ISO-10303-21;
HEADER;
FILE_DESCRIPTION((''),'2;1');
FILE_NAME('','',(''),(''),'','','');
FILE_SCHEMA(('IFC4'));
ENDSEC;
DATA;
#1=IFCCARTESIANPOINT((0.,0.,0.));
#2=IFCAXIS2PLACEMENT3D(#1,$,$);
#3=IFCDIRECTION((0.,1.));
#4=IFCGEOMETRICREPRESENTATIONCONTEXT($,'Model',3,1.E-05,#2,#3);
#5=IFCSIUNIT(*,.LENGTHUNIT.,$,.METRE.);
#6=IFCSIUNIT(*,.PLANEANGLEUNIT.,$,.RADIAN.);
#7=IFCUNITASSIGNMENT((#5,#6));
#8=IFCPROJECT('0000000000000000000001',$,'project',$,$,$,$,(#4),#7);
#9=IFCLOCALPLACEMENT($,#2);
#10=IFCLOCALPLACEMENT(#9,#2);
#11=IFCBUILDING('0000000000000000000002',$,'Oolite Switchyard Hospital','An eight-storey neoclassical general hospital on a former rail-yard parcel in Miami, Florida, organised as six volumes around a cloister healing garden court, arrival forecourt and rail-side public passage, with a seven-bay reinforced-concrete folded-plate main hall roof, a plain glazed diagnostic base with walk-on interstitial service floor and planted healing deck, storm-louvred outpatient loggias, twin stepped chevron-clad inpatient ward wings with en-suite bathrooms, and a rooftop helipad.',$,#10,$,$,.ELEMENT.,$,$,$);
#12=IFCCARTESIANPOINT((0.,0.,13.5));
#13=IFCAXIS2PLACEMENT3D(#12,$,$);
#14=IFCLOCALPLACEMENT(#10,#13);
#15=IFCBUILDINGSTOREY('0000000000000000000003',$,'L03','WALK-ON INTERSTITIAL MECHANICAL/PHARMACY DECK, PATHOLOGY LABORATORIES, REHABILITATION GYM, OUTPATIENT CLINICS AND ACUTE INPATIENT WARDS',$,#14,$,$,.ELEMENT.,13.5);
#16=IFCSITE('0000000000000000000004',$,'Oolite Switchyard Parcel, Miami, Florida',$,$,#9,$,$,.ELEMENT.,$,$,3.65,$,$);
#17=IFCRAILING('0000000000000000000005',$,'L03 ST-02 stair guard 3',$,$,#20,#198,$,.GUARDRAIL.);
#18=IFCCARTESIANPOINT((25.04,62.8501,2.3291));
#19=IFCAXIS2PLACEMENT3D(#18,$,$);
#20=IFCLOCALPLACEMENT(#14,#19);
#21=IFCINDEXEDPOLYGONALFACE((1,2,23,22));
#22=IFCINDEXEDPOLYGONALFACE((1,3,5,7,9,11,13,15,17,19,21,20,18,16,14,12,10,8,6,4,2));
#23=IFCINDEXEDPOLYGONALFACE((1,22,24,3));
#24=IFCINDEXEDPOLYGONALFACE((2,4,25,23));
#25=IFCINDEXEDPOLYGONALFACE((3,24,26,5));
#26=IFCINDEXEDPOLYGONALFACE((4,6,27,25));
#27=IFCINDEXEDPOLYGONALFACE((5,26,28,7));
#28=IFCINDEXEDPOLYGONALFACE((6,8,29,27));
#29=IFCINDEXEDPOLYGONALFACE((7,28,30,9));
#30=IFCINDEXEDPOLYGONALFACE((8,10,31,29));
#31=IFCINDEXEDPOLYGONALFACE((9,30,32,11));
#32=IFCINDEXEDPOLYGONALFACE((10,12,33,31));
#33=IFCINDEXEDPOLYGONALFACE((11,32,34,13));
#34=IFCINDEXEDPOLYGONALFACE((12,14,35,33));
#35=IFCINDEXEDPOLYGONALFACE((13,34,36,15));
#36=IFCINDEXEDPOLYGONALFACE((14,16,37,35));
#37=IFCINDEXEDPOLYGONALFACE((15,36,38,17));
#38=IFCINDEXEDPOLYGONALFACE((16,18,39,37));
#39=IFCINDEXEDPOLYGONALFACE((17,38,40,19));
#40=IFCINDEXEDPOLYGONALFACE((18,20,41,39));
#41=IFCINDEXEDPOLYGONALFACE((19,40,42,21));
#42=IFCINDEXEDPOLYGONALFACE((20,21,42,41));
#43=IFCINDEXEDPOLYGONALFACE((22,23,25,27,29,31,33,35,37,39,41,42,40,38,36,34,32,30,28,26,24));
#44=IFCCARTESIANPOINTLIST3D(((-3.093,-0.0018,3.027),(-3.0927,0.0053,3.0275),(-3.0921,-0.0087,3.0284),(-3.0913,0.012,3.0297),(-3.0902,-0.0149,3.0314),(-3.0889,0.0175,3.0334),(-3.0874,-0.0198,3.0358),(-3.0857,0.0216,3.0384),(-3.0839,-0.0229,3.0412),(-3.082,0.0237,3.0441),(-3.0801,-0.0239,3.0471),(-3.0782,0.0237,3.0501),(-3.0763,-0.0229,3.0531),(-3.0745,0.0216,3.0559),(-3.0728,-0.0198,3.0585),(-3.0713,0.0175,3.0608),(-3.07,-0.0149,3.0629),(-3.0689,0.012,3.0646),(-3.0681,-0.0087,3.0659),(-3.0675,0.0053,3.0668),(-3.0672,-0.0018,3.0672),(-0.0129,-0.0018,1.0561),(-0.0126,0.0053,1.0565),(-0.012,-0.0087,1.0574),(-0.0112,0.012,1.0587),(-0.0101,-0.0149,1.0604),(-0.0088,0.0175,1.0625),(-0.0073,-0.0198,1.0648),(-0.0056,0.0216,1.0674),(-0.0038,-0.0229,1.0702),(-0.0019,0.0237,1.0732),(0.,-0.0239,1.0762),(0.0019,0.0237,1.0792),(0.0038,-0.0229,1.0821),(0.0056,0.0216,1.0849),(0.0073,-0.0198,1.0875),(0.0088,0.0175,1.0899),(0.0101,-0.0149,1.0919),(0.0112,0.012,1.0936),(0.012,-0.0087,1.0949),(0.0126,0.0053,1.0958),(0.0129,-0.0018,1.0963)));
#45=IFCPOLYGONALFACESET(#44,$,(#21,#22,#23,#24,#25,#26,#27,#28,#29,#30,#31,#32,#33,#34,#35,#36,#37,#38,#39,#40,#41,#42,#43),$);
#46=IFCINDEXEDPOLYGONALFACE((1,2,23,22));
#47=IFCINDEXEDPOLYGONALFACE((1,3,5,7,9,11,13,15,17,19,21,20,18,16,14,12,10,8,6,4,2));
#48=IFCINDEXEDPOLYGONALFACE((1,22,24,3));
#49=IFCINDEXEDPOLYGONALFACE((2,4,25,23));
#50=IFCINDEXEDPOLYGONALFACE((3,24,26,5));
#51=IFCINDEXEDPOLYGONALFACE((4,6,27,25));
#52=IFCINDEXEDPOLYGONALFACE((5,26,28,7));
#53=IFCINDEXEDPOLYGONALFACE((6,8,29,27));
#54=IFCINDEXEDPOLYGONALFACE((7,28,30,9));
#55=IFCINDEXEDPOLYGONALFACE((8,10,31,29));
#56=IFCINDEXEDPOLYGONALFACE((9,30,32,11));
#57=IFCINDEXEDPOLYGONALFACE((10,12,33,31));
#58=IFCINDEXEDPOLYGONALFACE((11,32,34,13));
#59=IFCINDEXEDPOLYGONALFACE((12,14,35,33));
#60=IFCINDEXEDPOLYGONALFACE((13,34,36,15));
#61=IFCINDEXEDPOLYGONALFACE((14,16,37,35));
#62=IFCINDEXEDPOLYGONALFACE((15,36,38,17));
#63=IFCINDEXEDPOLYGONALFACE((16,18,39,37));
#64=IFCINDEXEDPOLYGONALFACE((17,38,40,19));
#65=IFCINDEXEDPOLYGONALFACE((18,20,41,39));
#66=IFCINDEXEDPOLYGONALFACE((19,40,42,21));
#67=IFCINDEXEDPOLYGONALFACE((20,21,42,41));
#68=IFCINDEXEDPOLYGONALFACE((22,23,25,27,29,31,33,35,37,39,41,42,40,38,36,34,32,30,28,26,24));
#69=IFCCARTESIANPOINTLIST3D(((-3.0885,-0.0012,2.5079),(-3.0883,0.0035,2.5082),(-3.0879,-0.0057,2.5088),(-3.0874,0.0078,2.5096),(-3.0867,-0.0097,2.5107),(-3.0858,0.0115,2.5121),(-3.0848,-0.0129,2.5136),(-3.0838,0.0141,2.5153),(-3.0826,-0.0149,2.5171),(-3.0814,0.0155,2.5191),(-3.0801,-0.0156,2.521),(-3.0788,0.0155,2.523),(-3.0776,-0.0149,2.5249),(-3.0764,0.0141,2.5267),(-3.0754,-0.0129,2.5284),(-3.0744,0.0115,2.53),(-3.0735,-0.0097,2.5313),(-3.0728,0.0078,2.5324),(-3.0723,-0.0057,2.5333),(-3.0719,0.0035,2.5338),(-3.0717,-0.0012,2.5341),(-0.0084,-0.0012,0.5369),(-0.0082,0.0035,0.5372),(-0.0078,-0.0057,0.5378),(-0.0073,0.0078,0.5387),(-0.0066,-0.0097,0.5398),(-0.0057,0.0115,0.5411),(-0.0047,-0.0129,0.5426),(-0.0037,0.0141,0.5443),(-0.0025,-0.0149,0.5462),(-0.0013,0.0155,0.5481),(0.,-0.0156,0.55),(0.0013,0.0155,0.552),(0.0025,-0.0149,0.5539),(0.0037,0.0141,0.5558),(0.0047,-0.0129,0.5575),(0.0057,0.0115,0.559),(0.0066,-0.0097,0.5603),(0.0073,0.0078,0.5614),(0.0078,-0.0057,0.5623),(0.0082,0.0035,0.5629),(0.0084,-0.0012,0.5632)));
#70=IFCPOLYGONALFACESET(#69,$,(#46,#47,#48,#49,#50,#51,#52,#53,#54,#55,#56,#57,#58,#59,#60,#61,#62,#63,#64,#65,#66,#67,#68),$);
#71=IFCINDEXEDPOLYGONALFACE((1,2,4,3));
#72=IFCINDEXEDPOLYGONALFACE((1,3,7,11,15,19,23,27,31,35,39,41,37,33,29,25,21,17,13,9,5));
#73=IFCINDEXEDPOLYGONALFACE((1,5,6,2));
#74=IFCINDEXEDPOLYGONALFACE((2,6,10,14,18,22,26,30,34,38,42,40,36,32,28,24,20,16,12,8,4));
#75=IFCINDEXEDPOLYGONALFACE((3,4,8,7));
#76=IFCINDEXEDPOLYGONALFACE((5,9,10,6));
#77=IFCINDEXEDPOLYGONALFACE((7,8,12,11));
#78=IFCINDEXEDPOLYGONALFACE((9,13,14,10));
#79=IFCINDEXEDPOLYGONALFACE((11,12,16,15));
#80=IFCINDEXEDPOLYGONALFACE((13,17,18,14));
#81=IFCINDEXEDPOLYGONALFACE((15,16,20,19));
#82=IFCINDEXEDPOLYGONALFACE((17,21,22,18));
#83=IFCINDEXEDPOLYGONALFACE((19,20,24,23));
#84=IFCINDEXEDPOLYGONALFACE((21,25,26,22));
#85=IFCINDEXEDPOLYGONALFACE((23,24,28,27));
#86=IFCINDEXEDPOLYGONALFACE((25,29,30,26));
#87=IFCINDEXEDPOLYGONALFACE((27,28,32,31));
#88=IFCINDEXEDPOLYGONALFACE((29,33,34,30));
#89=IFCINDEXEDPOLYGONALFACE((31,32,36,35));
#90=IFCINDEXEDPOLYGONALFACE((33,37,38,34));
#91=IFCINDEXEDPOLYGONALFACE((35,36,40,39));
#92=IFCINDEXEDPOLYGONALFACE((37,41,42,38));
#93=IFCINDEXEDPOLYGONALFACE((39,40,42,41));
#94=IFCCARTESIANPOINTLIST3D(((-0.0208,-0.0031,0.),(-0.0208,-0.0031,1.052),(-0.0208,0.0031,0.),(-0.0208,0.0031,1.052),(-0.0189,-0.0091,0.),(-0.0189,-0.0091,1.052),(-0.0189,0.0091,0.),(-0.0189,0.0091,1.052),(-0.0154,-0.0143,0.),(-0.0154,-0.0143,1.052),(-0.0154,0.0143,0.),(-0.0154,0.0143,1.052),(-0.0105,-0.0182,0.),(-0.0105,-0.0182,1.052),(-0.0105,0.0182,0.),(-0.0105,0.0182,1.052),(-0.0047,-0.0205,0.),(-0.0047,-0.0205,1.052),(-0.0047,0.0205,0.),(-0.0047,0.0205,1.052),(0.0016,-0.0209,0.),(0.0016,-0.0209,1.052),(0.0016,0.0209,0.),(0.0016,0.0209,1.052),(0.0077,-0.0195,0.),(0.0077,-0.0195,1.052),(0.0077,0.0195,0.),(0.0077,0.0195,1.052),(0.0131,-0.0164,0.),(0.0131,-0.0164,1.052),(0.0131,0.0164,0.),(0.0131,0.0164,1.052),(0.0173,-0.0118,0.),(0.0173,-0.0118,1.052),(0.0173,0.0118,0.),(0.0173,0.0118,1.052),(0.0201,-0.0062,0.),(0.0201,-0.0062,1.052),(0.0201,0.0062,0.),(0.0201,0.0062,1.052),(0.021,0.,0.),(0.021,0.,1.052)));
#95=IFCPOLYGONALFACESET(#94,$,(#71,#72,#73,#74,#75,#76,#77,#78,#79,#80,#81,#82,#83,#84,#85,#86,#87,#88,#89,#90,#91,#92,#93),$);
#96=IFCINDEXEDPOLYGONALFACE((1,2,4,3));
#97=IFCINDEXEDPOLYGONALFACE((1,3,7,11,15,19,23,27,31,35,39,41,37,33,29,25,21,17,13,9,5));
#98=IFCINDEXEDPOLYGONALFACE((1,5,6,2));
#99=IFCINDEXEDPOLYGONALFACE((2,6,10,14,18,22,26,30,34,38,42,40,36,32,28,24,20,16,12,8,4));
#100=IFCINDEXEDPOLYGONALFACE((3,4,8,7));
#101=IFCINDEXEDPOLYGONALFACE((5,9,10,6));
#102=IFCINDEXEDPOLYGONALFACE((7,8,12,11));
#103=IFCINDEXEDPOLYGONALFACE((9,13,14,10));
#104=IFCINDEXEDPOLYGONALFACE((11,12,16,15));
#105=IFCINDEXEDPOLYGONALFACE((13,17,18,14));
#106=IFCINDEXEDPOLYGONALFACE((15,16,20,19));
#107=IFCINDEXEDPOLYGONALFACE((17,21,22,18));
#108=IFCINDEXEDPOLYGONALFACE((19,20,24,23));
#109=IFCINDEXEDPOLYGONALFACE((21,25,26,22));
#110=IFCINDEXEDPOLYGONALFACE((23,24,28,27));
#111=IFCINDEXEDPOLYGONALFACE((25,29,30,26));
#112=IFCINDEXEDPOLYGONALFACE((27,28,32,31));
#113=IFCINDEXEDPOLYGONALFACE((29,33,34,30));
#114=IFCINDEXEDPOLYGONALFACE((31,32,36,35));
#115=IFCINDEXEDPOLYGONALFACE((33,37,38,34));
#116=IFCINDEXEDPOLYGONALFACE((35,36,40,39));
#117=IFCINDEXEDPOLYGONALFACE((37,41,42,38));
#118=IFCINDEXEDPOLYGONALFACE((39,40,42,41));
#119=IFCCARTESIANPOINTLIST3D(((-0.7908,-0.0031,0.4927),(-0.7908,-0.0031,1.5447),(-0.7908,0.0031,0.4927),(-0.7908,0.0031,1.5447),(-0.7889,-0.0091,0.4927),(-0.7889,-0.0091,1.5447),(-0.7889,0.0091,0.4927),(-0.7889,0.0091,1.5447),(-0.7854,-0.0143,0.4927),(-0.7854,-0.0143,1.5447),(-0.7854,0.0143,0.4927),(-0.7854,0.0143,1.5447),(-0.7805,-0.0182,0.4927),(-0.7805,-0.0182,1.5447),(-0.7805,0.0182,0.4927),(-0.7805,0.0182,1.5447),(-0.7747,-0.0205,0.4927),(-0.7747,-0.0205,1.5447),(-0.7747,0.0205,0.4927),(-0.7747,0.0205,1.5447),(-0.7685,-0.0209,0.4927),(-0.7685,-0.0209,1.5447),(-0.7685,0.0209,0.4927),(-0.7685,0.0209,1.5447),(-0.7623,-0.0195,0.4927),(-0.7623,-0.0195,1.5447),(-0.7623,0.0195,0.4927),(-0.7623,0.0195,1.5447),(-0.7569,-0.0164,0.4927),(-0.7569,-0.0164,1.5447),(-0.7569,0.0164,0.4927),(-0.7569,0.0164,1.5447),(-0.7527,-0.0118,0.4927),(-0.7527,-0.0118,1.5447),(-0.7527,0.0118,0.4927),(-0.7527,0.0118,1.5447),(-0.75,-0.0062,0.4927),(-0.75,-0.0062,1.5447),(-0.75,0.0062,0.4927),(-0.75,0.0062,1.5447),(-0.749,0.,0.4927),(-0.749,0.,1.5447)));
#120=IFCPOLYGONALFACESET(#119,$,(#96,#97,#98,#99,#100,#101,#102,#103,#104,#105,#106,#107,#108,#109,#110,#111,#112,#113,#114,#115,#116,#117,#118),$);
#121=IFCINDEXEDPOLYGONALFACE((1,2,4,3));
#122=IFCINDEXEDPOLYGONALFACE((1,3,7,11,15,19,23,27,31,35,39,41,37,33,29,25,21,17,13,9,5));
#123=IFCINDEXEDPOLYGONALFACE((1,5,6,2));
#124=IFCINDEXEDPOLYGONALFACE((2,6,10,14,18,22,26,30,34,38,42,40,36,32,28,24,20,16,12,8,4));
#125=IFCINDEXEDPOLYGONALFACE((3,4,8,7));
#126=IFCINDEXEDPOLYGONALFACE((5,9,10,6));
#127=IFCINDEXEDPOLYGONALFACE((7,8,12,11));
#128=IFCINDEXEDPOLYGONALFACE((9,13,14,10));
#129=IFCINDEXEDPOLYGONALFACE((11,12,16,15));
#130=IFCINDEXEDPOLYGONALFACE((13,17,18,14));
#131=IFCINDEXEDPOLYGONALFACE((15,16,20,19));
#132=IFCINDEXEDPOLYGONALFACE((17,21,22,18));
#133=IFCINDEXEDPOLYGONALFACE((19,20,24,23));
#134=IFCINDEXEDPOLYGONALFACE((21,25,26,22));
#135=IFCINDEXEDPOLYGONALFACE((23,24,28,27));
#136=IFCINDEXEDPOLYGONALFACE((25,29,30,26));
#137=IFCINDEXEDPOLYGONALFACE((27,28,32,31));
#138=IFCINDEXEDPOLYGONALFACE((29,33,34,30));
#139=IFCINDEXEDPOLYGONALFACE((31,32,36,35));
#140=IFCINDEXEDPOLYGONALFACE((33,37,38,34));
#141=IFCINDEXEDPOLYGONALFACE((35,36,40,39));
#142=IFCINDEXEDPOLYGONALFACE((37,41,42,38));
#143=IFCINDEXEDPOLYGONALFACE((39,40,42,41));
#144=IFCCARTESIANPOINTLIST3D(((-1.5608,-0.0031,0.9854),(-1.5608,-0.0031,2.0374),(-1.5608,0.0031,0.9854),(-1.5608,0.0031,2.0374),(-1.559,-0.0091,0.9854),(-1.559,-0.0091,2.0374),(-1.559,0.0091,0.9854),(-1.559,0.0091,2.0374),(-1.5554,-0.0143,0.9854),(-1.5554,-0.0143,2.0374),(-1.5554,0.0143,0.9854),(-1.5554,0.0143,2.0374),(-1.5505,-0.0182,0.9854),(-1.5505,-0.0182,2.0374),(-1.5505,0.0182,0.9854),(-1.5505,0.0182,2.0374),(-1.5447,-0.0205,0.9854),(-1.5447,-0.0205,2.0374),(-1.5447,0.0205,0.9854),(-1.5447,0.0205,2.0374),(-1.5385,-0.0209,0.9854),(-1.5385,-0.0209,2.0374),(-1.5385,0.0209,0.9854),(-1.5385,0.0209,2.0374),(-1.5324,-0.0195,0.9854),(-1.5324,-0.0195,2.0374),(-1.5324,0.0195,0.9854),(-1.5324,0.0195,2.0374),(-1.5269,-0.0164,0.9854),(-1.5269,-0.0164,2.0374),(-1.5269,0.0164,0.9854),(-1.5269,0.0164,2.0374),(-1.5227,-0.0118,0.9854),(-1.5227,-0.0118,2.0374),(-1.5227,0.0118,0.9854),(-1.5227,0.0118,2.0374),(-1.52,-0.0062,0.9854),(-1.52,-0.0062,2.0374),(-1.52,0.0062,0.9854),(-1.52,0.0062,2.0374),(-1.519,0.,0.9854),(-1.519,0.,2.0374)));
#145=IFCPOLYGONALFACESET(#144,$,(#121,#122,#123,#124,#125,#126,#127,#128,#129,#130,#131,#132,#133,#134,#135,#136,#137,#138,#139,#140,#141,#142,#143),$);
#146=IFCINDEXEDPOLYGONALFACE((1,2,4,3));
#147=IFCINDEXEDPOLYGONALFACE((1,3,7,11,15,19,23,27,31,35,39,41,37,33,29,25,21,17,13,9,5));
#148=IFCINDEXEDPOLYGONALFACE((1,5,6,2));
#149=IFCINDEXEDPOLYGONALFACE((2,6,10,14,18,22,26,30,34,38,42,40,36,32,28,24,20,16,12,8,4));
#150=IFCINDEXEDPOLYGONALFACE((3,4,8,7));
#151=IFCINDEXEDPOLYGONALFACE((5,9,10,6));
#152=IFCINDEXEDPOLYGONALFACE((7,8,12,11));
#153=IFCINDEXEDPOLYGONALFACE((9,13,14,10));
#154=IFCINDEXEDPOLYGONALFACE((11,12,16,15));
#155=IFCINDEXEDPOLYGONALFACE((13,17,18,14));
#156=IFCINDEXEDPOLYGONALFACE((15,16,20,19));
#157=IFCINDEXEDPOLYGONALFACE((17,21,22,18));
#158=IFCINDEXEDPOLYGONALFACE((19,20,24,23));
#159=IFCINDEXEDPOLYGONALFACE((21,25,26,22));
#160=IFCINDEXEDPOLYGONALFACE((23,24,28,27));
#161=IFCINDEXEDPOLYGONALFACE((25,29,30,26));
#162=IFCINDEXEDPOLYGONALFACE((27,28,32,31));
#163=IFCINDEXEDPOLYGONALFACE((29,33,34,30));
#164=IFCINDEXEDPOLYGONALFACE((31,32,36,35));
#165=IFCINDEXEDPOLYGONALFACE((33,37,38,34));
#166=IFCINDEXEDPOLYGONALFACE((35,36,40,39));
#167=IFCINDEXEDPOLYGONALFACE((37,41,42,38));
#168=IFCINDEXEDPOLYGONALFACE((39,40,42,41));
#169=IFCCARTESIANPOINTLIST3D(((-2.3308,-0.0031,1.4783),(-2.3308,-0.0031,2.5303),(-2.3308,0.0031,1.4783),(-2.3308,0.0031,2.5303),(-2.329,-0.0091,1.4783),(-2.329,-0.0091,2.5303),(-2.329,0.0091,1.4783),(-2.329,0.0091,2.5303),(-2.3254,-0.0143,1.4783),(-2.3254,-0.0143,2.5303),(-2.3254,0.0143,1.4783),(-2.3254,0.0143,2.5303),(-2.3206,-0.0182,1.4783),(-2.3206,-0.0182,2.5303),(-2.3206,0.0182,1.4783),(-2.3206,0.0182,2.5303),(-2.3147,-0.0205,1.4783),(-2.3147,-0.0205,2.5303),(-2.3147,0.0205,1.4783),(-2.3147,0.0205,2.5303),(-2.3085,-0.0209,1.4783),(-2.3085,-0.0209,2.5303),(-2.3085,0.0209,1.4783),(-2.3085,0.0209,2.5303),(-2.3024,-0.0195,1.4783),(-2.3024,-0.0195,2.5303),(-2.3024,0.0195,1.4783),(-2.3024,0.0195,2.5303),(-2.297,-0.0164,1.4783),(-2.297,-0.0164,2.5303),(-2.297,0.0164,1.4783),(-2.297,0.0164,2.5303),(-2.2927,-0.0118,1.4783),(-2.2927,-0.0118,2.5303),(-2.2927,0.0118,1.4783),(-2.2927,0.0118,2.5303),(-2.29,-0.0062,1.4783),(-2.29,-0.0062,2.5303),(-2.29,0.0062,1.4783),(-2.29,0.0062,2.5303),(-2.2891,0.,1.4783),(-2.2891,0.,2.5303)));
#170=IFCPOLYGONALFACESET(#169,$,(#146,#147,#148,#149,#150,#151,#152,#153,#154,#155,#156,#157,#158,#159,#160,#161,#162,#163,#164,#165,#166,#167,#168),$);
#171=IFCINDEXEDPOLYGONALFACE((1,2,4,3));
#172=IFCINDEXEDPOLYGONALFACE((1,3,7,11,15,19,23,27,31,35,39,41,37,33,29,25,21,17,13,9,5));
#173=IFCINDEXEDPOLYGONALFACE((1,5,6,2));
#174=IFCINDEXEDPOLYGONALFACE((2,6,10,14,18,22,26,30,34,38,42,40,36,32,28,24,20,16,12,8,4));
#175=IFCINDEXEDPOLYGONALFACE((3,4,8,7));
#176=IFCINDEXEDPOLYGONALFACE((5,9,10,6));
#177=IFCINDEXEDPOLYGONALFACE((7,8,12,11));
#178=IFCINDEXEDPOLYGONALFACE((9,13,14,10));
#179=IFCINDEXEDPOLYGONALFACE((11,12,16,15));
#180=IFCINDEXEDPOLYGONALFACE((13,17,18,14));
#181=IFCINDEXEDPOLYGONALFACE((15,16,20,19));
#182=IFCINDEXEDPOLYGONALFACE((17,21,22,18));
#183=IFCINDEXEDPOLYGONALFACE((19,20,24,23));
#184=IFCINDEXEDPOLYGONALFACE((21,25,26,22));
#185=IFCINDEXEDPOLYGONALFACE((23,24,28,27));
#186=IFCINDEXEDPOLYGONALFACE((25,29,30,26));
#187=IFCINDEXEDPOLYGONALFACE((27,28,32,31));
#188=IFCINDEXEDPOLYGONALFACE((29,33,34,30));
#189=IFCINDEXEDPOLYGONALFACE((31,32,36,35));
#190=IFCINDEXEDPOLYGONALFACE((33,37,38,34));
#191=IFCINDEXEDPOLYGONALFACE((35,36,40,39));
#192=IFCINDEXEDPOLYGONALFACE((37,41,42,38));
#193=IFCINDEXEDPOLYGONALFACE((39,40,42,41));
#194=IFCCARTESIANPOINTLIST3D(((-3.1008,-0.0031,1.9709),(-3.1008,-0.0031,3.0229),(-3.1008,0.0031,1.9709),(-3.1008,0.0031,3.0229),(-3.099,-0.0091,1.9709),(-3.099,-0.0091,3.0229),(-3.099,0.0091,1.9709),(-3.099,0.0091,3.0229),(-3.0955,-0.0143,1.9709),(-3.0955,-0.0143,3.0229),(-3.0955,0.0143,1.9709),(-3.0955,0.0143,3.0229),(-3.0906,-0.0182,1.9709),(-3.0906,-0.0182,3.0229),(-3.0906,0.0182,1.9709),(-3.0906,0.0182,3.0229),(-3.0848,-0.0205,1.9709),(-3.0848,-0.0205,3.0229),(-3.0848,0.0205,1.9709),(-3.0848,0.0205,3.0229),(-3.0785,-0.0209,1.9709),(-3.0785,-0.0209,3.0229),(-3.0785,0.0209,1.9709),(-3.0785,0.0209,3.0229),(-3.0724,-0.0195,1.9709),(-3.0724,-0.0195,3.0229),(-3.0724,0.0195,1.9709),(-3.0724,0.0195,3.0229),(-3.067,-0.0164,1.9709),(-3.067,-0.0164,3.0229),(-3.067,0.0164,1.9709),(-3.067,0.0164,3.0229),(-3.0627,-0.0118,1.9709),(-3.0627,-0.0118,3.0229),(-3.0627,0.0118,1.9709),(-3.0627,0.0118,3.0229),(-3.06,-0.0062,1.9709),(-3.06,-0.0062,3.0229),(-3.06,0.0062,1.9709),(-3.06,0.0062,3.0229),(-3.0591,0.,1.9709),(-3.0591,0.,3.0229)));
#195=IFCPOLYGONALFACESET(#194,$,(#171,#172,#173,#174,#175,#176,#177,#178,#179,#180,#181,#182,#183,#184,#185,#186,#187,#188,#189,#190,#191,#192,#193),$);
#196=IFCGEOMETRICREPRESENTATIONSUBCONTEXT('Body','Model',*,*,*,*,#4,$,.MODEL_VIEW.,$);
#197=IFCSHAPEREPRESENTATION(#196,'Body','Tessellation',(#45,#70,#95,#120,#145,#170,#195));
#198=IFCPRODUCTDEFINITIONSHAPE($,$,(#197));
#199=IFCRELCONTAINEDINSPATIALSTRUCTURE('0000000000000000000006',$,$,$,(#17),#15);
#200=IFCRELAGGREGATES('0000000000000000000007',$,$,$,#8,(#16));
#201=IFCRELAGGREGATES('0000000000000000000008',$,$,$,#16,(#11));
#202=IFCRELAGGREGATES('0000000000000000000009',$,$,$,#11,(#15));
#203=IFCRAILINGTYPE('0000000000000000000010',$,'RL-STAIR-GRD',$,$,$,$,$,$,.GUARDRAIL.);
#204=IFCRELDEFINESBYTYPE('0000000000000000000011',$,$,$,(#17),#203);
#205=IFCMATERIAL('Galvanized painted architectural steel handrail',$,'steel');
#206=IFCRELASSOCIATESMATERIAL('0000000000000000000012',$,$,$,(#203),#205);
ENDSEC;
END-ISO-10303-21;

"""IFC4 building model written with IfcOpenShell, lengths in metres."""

from ifc_helpers import new_model, si_unit, direction, frame, origin, origin_2d, place, context, subcontext, project, spatial, circle, extrude, material, type_object, element, save


model = new_model("IFC4")

# Units and contexts
model_context = context("Model", 3, precision=1e-05, world=origin(), true_north=direction((0.0, 1.0)))
body_context = subcontext(model_context, "Body", "Model", "MODEL_VIEW")
ifc_project = project(units=[si_unit("LENGTHUNIT", "METRE"), si_unit("PLANEANGLEUNIT", "RADIAN")], contexts=[model_context])

# Site, building, storey
site_placement = place(None, origin())
site = spatial("IfcSite", under=ifc_project, at=site_placement, Name="Oolite Switchyard Parcel, Miami, Florida", CompositionType="ELEMENT", RefElevation=3.65)
building_placement = place(site_placement, origin())
building = spatial("IfcBuilding", under=site, at=building_placement, Name="Oolite Switchyard Hospital", Description="An eight-storey neoclassical general hospital on a former rail-yard parcel in Miami, Florida, organised as six volumes around a cloister healing garden court, arrival forecourt and rail-side public passage, with a seven-bay reinforced-concrete folded-plate main hall roof, a plain glazed diagnostic base with walk-on interstitial service floor and planted healing deck, storm-louvred outpatient loggias, twin stepped chevron-clad inpatient ward wings with en-suite bathrooms, and a rooftop helipad.", CompositionType="ELEMENT")
storey_placement = place(building_placement, frame((0.0, 0.0, 13.5)))
storey = spatial("IfcBuildingStorey", under=building, at=storey_placement, Name="L03", Description="WALK-ON INTERSTITIAL MECHANICAL/PHARMACY DECK, PATHOLOGY LABORATORIES, REHABILITATION GYM, OUTPATIENT CLINICS AND ACUTE INPATIENT WARDS", CompositionType="ELEMENT", Elevation=13.5)

# Railing
ifc_material_1 = material(Name="Galvanized painted architectural steel handrail", Category="steel")
railing_type_1 = type_object("IfcRailingType", Name="RL-STAIR-GRD", PredefinedType="GUARDRAIL", material=ifc_material_1)
railing_1_placement = place(storey_placement, frame((25.04, 62.8501, 2.3291)))
element("IfcRailing", 1, at=railing_1_placement, inside=storey, type_object=railing_type_1, Name="L03 ST-02 stair guard 3", PredefinedType="GUARDRAIL", context=body_context, shape_type="SweptSolid", body=[
    extrude(circle(Radius=0.0239, at=origin_2d()), frame((0.0, 0.0, 1.0762), z_axis=(-0.842309, 0.0, 0.538995), x_axis=(0.0, -1.0, 0.0)), (0.0, 0.0, 1.0), 3.6567),
    extrude(circle(Radius=0.0156, at=origin_2d()), frame((0.0, 0.0, 0.55), z_axis=(-0.842309, 0.0, 0.538995), x_axis=(0.0, -1.0, 0.0)), (0.0, 0.0, 1.0), 3.6567),
    extrude(circle(Radius=0.021, at=origin_2d()), origin(), (0.0, 0.0, 1.0), 1.052),
    extrude(circle(Radius=0.021, at=origin_2d()), frame((-0.77, 0.0, 0.4927)), (0.0, 0.0, 1.0), 1.052),
    extrude(circle(Radius=0.021, at=origin_2d()), frame((-1.54, 0.0, 0.9854)), (0.0, 0.0, 1.0), 1.052),
    extrude(circle(Radius=0.021, at=origin_2d()), frame((-2.3101, 0.0, 1.4783)), (0.0, 0.0, 1.0), 1.052),
    extrude(circle(Radius=0.021, at=origin_2d()), frame((-3.0801, 0.0, 1.9709)), (0.0, 0.0, 1.0), 1.052),
])

save(model, "model.ifc")
